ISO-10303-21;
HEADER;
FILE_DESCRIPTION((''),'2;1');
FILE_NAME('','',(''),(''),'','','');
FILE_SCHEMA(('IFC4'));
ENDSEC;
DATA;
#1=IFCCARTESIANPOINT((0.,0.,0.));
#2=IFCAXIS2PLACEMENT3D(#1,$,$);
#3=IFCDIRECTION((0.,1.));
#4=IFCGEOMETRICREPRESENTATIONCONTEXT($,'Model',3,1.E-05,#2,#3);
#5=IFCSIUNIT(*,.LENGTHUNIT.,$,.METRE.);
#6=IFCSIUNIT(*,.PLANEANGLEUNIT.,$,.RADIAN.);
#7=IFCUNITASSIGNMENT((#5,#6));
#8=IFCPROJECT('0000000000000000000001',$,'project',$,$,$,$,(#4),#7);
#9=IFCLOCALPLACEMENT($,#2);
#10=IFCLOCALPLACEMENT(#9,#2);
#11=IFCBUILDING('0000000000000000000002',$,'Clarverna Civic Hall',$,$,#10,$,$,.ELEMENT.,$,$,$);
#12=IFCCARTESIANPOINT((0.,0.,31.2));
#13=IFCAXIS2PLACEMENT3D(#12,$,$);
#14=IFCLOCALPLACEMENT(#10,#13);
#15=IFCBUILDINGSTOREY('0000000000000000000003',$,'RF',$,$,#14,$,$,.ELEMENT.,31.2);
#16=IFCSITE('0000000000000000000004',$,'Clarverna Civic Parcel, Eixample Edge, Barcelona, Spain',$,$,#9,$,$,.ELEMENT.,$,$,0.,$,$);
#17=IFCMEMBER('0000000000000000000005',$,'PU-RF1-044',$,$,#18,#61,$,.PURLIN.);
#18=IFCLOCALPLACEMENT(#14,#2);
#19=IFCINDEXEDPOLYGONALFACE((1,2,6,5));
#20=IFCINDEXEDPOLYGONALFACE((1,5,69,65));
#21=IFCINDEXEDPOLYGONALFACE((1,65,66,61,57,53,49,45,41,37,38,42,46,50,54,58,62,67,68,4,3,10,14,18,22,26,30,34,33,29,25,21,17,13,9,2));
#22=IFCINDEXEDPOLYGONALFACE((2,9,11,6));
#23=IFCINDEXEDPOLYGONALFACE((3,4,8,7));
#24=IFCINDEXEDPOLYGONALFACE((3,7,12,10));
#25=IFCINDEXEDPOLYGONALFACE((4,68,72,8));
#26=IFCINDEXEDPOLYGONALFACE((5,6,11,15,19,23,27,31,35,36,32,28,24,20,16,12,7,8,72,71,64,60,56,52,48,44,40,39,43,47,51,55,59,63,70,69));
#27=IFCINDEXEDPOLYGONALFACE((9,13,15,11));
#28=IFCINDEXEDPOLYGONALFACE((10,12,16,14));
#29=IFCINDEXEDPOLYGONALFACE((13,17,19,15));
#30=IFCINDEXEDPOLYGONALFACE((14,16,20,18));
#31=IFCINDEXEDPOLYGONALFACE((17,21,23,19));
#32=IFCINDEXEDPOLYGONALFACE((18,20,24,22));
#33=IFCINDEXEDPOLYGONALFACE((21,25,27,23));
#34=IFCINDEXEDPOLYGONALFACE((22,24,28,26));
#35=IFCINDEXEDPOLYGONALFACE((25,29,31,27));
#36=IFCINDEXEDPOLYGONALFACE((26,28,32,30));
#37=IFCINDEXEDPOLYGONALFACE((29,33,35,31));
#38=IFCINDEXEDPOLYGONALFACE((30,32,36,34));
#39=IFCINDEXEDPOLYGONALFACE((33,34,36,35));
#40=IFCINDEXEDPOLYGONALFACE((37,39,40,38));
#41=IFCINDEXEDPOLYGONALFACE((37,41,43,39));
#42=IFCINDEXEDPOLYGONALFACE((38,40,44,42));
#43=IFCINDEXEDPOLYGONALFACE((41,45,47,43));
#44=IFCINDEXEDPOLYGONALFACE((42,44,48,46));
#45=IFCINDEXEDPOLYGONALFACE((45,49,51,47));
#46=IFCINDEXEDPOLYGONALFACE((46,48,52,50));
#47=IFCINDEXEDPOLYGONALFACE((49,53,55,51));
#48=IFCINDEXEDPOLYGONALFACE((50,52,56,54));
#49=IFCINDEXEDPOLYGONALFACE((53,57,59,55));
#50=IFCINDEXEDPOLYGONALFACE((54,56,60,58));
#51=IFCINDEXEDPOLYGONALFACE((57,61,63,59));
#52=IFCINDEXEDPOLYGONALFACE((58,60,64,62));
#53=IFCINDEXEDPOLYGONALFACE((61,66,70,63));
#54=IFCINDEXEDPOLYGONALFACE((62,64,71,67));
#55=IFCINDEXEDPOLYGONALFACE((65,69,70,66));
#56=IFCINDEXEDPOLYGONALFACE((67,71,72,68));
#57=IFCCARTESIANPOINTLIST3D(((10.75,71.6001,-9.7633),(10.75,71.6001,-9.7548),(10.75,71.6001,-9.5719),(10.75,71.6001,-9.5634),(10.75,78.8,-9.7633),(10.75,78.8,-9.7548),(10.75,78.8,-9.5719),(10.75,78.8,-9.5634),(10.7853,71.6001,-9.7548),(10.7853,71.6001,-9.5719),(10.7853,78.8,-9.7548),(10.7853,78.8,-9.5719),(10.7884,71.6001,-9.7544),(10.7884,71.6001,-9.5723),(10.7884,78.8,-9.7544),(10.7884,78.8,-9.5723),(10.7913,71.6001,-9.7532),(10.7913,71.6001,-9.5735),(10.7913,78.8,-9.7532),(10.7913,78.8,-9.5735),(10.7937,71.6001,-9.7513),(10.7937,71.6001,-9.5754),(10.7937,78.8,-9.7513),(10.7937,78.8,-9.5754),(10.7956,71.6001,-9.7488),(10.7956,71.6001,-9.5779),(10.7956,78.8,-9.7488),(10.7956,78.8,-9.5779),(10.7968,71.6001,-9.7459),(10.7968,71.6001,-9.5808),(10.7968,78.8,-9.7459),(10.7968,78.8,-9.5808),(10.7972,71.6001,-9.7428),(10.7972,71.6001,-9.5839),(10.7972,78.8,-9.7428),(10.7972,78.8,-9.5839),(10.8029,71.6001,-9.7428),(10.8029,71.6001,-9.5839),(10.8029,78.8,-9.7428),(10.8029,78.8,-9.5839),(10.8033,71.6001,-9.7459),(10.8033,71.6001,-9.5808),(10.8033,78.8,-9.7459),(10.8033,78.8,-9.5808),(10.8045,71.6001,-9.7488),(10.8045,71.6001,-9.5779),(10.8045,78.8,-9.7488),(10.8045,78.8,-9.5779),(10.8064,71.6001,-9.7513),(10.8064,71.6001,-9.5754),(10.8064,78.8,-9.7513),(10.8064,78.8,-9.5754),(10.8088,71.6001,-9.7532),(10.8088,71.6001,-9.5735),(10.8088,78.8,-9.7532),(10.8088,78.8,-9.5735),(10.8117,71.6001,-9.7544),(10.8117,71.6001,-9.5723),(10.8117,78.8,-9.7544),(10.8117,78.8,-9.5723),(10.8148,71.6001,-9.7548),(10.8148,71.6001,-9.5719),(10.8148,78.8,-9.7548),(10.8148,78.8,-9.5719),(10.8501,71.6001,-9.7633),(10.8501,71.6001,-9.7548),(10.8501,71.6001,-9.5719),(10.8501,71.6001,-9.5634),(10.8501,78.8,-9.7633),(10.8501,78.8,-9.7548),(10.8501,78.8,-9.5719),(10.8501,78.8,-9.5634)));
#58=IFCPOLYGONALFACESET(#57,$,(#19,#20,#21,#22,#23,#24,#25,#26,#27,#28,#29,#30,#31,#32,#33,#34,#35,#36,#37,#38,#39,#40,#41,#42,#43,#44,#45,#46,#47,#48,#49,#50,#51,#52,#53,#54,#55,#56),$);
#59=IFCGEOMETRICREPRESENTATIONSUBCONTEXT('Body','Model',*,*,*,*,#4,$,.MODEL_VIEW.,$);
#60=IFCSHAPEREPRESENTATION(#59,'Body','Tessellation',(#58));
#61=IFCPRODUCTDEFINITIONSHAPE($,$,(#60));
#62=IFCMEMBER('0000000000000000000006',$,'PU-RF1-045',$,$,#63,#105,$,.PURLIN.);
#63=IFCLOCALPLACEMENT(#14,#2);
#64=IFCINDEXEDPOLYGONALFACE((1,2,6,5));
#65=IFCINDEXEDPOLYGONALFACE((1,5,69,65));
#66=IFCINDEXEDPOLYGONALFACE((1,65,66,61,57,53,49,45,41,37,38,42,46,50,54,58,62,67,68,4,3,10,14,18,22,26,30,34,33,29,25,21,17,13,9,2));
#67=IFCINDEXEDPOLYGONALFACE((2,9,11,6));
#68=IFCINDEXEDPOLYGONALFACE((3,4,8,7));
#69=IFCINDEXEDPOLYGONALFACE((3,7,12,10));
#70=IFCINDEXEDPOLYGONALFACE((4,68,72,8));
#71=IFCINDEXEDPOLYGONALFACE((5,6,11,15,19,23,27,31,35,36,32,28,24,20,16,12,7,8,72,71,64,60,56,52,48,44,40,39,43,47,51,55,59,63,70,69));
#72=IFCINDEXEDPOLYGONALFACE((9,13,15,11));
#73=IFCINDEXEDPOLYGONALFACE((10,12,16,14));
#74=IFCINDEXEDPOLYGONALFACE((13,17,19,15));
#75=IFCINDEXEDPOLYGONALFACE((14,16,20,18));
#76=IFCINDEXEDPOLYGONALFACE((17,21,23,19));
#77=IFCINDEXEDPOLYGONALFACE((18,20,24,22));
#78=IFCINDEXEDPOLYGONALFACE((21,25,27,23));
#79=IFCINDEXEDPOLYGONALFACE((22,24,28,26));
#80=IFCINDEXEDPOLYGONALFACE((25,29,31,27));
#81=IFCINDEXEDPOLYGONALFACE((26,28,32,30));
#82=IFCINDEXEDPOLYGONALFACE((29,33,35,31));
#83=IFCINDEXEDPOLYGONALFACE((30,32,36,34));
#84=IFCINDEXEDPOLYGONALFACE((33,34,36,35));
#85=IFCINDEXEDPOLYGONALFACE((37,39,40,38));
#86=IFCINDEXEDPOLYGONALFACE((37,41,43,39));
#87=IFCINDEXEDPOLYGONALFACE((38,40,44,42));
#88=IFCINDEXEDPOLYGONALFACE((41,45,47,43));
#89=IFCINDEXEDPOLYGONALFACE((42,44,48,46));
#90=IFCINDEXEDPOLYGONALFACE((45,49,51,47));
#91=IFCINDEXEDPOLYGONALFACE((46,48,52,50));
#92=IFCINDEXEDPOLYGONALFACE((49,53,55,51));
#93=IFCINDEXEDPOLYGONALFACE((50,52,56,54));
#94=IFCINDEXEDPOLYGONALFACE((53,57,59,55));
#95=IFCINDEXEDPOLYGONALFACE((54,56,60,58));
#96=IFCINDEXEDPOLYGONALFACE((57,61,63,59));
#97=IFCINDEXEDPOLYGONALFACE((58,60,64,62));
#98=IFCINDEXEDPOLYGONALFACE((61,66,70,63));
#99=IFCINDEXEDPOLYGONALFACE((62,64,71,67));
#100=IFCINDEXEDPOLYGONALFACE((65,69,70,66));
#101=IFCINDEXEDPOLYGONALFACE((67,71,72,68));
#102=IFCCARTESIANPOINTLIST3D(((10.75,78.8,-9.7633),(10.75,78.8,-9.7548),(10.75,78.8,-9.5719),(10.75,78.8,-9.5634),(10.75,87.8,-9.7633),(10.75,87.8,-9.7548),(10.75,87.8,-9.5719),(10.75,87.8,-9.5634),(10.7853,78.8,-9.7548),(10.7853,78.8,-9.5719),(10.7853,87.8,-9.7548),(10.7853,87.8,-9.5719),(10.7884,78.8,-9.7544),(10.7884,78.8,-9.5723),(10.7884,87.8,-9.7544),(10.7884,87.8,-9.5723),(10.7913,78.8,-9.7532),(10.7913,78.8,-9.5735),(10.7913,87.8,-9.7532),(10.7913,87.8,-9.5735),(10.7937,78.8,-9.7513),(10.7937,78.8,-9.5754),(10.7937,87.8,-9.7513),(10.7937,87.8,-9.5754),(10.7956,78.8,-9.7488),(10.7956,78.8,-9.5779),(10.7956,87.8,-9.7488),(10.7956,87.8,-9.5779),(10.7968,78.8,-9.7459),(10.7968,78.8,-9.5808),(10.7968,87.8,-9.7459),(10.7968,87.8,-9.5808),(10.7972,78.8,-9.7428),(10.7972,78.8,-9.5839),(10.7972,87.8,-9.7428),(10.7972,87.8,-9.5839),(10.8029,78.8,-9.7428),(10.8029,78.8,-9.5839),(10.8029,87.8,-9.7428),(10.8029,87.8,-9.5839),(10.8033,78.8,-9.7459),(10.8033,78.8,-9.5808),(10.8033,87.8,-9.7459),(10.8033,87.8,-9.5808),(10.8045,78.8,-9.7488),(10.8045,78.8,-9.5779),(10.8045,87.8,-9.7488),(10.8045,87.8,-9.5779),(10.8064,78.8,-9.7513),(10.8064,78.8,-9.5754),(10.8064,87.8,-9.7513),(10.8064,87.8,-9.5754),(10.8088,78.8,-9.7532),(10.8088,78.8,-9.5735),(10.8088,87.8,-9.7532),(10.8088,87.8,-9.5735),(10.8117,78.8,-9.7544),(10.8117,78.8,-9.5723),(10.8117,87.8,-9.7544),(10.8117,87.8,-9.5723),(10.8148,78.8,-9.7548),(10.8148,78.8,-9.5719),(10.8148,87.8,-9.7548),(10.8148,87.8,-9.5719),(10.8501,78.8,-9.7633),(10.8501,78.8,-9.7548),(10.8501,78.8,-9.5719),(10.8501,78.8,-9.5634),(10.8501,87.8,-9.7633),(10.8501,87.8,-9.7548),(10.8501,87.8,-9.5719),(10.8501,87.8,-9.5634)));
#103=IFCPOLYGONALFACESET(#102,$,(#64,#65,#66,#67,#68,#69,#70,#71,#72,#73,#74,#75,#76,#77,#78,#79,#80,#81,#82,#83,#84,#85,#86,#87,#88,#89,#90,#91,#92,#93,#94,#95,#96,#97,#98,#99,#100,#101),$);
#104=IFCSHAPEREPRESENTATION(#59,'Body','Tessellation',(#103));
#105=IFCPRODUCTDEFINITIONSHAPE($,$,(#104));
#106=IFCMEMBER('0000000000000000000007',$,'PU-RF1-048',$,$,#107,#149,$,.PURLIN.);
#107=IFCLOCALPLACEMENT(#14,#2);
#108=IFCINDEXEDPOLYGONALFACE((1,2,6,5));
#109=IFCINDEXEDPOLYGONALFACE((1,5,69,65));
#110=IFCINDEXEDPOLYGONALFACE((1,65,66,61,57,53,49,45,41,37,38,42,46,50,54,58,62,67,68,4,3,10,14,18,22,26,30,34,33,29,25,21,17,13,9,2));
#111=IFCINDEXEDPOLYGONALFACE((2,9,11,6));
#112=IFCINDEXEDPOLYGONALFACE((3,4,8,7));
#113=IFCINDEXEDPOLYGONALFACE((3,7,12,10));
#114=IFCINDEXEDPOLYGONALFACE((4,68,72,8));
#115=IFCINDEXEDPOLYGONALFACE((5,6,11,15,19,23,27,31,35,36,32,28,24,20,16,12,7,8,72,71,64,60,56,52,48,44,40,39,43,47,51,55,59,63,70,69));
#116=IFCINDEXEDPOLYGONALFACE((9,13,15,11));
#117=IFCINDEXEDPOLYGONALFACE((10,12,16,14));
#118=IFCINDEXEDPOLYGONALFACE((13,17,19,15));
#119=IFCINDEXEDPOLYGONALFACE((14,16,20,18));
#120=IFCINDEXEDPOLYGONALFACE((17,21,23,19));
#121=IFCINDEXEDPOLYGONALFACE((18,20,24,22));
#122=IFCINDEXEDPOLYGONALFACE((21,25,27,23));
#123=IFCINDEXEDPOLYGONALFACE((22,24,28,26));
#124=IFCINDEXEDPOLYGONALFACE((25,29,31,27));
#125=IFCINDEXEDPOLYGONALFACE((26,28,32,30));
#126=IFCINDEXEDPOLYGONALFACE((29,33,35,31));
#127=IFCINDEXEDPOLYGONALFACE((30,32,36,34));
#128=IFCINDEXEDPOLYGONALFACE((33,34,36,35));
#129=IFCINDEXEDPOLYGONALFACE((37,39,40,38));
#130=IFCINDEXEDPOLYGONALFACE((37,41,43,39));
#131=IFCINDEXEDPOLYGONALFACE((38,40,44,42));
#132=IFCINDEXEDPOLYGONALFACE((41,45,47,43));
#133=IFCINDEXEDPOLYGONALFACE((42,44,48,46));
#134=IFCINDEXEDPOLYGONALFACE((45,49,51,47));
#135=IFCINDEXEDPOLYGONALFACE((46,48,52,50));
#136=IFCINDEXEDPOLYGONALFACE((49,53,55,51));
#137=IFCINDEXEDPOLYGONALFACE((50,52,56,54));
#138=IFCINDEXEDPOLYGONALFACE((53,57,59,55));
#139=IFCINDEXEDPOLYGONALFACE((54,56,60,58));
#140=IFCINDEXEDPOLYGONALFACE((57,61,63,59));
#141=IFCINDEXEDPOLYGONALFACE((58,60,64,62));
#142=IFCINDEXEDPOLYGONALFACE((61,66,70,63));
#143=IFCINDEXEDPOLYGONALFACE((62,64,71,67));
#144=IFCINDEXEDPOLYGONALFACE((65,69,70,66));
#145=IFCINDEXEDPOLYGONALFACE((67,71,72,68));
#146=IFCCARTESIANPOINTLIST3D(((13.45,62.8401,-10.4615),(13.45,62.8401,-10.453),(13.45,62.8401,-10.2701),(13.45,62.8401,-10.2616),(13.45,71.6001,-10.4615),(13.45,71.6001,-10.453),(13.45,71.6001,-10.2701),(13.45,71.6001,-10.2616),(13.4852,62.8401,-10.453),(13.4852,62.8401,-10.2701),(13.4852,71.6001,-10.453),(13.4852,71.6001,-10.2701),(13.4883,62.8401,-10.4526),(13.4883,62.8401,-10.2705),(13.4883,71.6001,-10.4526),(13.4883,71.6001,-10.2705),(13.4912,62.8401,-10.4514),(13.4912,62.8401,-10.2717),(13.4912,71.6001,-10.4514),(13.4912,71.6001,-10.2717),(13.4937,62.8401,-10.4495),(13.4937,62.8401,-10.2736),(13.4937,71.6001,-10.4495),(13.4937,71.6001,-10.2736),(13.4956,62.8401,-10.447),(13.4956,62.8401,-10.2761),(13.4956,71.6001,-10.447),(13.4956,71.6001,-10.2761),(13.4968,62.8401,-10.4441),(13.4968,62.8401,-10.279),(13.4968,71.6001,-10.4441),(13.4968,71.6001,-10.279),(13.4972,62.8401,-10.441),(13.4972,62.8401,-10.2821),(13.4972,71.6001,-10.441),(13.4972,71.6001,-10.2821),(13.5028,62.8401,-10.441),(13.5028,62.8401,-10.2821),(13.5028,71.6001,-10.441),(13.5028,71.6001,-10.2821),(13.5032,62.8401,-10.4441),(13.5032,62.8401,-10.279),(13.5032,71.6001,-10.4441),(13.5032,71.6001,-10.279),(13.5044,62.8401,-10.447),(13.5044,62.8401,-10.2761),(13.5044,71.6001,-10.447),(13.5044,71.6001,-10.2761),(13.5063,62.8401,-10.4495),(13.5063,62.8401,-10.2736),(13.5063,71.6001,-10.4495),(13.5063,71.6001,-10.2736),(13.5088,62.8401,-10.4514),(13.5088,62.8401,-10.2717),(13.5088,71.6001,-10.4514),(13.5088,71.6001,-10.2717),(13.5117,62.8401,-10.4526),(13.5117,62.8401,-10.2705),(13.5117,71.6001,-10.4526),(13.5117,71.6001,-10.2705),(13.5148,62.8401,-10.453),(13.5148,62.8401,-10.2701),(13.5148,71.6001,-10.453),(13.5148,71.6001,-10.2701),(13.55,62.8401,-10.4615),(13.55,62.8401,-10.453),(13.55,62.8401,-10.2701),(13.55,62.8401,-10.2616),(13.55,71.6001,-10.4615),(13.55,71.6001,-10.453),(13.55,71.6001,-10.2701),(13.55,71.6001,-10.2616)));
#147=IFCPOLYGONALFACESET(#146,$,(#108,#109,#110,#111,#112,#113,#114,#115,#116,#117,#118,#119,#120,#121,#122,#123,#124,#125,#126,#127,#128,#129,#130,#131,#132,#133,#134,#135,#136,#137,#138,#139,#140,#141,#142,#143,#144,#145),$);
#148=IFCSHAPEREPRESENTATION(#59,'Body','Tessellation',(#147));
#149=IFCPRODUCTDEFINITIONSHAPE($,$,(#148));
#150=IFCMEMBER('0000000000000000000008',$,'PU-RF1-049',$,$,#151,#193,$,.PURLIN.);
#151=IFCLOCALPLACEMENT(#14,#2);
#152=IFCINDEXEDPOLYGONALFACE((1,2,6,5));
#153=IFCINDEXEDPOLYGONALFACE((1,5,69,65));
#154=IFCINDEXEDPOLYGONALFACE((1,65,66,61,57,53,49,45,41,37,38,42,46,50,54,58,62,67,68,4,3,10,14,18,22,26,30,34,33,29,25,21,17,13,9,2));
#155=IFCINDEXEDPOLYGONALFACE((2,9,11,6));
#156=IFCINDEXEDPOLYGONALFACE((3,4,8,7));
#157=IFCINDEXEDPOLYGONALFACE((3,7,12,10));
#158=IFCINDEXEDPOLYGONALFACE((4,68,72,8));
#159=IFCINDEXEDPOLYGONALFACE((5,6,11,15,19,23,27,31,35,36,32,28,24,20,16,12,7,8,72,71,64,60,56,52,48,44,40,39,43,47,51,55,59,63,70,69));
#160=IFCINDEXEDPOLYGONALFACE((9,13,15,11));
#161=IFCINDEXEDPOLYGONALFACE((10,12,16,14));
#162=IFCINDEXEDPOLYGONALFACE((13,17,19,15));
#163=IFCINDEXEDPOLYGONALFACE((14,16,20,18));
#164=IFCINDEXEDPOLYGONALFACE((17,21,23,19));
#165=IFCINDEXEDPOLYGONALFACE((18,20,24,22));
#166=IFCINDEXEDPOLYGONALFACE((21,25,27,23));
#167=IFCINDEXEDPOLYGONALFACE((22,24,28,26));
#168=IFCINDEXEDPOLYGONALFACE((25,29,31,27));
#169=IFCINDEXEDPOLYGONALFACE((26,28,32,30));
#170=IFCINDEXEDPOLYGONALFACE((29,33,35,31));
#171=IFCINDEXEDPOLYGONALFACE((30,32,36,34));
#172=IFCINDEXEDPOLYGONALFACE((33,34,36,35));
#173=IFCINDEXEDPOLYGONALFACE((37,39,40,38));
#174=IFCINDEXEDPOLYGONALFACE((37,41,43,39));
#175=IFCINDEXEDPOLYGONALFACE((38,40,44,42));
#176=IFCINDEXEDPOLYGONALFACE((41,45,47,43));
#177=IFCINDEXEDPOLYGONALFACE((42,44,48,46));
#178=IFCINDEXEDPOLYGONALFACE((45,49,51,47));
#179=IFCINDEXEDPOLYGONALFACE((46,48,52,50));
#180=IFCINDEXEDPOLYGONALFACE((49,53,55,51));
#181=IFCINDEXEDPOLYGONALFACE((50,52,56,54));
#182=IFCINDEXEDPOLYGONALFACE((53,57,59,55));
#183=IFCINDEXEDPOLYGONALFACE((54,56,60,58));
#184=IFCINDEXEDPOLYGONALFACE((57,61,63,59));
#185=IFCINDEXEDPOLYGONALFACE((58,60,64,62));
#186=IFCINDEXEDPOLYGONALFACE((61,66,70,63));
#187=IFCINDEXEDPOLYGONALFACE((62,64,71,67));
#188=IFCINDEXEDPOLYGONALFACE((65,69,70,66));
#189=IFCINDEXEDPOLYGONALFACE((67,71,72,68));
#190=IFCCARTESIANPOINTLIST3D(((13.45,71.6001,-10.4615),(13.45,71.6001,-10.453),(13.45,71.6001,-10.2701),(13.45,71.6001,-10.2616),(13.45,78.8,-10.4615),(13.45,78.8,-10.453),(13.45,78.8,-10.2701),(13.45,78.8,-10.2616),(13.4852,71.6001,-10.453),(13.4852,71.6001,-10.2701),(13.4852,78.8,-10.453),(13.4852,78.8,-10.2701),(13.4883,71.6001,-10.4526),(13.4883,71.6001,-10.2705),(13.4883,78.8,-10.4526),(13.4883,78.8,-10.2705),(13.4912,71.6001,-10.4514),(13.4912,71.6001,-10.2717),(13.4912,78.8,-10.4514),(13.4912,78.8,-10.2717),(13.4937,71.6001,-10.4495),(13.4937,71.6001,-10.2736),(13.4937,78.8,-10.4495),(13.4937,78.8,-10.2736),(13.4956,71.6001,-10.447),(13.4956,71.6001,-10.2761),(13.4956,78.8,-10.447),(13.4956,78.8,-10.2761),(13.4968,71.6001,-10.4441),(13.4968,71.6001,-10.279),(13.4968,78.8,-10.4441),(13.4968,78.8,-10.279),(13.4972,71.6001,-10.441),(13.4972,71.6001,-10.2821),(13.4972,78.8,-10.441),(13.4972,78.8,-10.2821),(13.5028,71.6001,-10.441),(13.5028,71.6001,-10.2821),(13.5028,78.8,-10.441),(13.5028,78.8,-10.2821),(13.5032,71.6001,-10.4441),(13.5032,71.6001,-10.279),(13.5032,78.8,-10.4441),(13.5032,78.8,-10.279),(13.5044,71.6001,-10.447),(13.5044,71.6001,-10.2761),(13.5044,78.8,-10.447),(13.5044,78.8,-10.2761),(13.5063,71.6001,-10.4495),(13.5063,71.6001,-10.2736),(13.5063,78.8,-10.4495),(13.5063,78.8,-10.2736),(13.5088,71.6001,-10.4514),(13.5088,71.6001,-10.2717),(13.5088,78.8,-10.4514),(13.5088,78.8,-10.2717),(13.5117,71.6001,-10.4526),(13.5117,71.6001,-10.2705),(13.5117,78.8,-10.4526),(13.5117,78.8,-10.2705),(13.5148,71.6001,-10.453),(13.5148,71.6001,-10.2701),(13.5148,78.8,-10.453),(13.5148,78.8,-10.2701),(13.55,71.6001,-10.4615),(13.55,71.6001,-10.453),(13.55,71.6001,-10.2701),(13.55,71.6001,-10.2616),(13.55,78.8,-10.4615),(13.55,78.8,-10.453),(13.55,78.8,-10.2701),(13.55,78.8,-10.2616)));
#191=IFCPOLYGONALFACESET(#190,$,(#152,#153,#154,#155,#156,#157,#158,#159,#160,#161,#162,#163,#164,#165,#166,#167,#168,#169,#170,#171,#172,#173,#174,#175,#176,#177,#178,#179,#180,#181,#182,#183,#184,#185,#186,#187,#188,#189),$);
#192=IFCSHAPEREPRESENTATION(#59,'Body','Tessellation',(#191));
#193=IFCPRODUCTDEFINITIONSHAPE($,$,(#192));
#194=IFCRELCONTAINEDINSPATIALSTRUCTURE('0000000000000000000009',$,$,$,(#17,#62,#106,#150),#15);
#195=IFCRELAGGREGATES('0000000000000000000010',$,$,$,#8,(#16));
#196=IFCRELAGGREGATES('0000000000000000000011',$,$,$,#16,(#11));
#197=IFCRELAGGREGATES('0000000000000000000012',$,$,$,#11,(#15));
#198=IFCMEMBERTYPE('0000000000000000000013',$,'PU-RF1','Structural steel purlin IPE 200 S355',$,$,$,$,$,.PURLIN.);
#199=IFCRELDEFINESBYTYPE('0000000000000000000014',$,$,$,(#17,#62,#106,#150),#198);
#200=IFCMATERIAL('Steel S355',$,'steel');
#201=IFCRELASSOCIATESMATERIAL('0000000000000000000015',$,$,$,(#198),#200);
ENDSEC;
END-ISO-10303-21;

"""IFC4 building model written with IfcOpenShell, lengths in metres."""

from ifc_helpers import new_model, si_unit, direction, frame, origin, origin_2d, place, context, subcontext, project, spatial, i_section, extrude, material, material_profile, profile_set, type_object, element, save


model = new_model("IFC4")

# Units and contexts
model_context = context("Model", 3, precision=1e-05, world=origin(), true_north=direction((0.0, 1.0)))
body_context = subcontext(model_context, "Body", "Model", "MODEL_VIEW")
ifc_project = project(units=[si_unit("LENGTHUNIT", "METRE"), si_unit("PLANEANGLEUNIT", "RADIAN")], contexts=[model_context])

# Site, building, storey
site_placement = place(None, origin())
site = spatial("IfcSite", under=ifc_project, at=site_placement, Name="Clarverna Civic Parcel, Eixample Edge, Barcelona, Spain", CompositionType="ELEMENT", RefElevation=0.0)
building_placement = place(site_placement, origin())
building = spatial("IfcBuilding", under=site, at=building_placement, Name="Clarverna Civic Hall", CompositionType="ELEMENT")
storey_placement = place(building_placement, frame((0.0, 0.0, 31.2)))
storey = spatial("IfcBuildingStorey", under=building, at=storey_placement, Name="RF", CompositionType="ELEMENT", Elevation=31.2)

# Members
ifc_material_1 = material(Name="Steel S355", Category="steel")
ifc_material_profile_1 = material_profile(ifc_material_1, i_section(OverallWidth=0.1001, OverallDepth=0.2, WebThickness=0.0056, FlangeThickness=0.0085, FilletRadius=0.012, at=origin_2d()), Name="IPE 200")
ifc_profile_set_1 = profile_set([ifc_material_profile_1], Name="Steel S355")
member_type_1 = type_object("IfcMemberType", Name="PU-RF1", Description="Structural steel purlin IPE 200 S355", PredefinedType="PURLIN", material=ifc_profile_set_1)
member_1_placement = place(storey_placement, frame((10.8, 71.6001, -9.6633), z_axis=(0.0, 1.0, 0.0), x_axis=(-1.0, 0.0, 0.0)))
element("IfcMember", 1, at=member_1_placement, inside=storey, type_object=member_type_1, Name="PU-RF1-044", PredefinedType="PURLIN", context=body_context, shape_type="SweptSolid", body=[
    extrude(i_section(OverallWidth=0.1001, OverallDepth=0.2, WebThickness=0.0056, FlangeThickness=0.0085, FilletRadius=0.012, at=origin_2d()), origin(), (0.0, 0.0, 1.0), 7.2),
])
member_2_placement = place(storey_placement, frame((10.8, 78.8, -9.6633), z_axis=(0.0, 1.0, 0.0), x_axis=(-1.0, 0.0, 0.0)))
element("IfcMember", 2, at=member_2_placement, inside=storey, type_object=member_type_1, Name="PU-RF1-045", PredefinedType="PURLIN", context=body_context, shape_type="SweptSolid", body=[
    extrude(i_section(OverallWidth=0.1001, OverallDepth=0.2, WebThickness=0.0056, FlangeThickness=0.0085, FilletRadius=0.012, at=origin_2d()), origin(), (0.0, 0.0, 1.0), 9.0),
])
member_3_placement = place(storey_placement, frame((13.5, 62.8401, -10.3616), z_axis=(0.0, 1.0, 0.0), x_axis=(-1.0, 0.0, 0.0)))
element("IfcMember", 3, at=member_3_placement, inside=storey, type_object=member_type_1, Name="PU-RF1-048", PredefinedType="PURLIN", context=body_context, shape_type="SweptSolid", body=[
    extrude(i_section(OverallWidth=0.1001, OverallDepth=0.2, WebThickness=0.0056, FlangeThickness=0.0085, FilletRadius=0.012, at=origin_2d()), origin(), (0.0, 0.0, 1.0), 8.76),
])
member_4_placement = place(storey_placement, frame((13.5, 71.6001, -10.3616), z_axis=(0.0, 1.0, 0.0), x_axis=(-1.0, 0.0, 0.0)))
element("IfcMember", 4, at=member_4_placement, inside=storey, type_object=member_type_1, Name="PU-RF1-049", PredefinedType="PURLIN", context=body_context, shape_type="SweptSolid", body=[
    extrude(i_section(OverallWidth=0.1001, OverallDepth=0.2, WebThickness=0.0056, FlangeThickness=0.0085, FilletRadius=0.012, at=origin_2d()), origin(), (0.0, 0.0, 1.0), 7.2),
])

save(model, "model.ifc")
